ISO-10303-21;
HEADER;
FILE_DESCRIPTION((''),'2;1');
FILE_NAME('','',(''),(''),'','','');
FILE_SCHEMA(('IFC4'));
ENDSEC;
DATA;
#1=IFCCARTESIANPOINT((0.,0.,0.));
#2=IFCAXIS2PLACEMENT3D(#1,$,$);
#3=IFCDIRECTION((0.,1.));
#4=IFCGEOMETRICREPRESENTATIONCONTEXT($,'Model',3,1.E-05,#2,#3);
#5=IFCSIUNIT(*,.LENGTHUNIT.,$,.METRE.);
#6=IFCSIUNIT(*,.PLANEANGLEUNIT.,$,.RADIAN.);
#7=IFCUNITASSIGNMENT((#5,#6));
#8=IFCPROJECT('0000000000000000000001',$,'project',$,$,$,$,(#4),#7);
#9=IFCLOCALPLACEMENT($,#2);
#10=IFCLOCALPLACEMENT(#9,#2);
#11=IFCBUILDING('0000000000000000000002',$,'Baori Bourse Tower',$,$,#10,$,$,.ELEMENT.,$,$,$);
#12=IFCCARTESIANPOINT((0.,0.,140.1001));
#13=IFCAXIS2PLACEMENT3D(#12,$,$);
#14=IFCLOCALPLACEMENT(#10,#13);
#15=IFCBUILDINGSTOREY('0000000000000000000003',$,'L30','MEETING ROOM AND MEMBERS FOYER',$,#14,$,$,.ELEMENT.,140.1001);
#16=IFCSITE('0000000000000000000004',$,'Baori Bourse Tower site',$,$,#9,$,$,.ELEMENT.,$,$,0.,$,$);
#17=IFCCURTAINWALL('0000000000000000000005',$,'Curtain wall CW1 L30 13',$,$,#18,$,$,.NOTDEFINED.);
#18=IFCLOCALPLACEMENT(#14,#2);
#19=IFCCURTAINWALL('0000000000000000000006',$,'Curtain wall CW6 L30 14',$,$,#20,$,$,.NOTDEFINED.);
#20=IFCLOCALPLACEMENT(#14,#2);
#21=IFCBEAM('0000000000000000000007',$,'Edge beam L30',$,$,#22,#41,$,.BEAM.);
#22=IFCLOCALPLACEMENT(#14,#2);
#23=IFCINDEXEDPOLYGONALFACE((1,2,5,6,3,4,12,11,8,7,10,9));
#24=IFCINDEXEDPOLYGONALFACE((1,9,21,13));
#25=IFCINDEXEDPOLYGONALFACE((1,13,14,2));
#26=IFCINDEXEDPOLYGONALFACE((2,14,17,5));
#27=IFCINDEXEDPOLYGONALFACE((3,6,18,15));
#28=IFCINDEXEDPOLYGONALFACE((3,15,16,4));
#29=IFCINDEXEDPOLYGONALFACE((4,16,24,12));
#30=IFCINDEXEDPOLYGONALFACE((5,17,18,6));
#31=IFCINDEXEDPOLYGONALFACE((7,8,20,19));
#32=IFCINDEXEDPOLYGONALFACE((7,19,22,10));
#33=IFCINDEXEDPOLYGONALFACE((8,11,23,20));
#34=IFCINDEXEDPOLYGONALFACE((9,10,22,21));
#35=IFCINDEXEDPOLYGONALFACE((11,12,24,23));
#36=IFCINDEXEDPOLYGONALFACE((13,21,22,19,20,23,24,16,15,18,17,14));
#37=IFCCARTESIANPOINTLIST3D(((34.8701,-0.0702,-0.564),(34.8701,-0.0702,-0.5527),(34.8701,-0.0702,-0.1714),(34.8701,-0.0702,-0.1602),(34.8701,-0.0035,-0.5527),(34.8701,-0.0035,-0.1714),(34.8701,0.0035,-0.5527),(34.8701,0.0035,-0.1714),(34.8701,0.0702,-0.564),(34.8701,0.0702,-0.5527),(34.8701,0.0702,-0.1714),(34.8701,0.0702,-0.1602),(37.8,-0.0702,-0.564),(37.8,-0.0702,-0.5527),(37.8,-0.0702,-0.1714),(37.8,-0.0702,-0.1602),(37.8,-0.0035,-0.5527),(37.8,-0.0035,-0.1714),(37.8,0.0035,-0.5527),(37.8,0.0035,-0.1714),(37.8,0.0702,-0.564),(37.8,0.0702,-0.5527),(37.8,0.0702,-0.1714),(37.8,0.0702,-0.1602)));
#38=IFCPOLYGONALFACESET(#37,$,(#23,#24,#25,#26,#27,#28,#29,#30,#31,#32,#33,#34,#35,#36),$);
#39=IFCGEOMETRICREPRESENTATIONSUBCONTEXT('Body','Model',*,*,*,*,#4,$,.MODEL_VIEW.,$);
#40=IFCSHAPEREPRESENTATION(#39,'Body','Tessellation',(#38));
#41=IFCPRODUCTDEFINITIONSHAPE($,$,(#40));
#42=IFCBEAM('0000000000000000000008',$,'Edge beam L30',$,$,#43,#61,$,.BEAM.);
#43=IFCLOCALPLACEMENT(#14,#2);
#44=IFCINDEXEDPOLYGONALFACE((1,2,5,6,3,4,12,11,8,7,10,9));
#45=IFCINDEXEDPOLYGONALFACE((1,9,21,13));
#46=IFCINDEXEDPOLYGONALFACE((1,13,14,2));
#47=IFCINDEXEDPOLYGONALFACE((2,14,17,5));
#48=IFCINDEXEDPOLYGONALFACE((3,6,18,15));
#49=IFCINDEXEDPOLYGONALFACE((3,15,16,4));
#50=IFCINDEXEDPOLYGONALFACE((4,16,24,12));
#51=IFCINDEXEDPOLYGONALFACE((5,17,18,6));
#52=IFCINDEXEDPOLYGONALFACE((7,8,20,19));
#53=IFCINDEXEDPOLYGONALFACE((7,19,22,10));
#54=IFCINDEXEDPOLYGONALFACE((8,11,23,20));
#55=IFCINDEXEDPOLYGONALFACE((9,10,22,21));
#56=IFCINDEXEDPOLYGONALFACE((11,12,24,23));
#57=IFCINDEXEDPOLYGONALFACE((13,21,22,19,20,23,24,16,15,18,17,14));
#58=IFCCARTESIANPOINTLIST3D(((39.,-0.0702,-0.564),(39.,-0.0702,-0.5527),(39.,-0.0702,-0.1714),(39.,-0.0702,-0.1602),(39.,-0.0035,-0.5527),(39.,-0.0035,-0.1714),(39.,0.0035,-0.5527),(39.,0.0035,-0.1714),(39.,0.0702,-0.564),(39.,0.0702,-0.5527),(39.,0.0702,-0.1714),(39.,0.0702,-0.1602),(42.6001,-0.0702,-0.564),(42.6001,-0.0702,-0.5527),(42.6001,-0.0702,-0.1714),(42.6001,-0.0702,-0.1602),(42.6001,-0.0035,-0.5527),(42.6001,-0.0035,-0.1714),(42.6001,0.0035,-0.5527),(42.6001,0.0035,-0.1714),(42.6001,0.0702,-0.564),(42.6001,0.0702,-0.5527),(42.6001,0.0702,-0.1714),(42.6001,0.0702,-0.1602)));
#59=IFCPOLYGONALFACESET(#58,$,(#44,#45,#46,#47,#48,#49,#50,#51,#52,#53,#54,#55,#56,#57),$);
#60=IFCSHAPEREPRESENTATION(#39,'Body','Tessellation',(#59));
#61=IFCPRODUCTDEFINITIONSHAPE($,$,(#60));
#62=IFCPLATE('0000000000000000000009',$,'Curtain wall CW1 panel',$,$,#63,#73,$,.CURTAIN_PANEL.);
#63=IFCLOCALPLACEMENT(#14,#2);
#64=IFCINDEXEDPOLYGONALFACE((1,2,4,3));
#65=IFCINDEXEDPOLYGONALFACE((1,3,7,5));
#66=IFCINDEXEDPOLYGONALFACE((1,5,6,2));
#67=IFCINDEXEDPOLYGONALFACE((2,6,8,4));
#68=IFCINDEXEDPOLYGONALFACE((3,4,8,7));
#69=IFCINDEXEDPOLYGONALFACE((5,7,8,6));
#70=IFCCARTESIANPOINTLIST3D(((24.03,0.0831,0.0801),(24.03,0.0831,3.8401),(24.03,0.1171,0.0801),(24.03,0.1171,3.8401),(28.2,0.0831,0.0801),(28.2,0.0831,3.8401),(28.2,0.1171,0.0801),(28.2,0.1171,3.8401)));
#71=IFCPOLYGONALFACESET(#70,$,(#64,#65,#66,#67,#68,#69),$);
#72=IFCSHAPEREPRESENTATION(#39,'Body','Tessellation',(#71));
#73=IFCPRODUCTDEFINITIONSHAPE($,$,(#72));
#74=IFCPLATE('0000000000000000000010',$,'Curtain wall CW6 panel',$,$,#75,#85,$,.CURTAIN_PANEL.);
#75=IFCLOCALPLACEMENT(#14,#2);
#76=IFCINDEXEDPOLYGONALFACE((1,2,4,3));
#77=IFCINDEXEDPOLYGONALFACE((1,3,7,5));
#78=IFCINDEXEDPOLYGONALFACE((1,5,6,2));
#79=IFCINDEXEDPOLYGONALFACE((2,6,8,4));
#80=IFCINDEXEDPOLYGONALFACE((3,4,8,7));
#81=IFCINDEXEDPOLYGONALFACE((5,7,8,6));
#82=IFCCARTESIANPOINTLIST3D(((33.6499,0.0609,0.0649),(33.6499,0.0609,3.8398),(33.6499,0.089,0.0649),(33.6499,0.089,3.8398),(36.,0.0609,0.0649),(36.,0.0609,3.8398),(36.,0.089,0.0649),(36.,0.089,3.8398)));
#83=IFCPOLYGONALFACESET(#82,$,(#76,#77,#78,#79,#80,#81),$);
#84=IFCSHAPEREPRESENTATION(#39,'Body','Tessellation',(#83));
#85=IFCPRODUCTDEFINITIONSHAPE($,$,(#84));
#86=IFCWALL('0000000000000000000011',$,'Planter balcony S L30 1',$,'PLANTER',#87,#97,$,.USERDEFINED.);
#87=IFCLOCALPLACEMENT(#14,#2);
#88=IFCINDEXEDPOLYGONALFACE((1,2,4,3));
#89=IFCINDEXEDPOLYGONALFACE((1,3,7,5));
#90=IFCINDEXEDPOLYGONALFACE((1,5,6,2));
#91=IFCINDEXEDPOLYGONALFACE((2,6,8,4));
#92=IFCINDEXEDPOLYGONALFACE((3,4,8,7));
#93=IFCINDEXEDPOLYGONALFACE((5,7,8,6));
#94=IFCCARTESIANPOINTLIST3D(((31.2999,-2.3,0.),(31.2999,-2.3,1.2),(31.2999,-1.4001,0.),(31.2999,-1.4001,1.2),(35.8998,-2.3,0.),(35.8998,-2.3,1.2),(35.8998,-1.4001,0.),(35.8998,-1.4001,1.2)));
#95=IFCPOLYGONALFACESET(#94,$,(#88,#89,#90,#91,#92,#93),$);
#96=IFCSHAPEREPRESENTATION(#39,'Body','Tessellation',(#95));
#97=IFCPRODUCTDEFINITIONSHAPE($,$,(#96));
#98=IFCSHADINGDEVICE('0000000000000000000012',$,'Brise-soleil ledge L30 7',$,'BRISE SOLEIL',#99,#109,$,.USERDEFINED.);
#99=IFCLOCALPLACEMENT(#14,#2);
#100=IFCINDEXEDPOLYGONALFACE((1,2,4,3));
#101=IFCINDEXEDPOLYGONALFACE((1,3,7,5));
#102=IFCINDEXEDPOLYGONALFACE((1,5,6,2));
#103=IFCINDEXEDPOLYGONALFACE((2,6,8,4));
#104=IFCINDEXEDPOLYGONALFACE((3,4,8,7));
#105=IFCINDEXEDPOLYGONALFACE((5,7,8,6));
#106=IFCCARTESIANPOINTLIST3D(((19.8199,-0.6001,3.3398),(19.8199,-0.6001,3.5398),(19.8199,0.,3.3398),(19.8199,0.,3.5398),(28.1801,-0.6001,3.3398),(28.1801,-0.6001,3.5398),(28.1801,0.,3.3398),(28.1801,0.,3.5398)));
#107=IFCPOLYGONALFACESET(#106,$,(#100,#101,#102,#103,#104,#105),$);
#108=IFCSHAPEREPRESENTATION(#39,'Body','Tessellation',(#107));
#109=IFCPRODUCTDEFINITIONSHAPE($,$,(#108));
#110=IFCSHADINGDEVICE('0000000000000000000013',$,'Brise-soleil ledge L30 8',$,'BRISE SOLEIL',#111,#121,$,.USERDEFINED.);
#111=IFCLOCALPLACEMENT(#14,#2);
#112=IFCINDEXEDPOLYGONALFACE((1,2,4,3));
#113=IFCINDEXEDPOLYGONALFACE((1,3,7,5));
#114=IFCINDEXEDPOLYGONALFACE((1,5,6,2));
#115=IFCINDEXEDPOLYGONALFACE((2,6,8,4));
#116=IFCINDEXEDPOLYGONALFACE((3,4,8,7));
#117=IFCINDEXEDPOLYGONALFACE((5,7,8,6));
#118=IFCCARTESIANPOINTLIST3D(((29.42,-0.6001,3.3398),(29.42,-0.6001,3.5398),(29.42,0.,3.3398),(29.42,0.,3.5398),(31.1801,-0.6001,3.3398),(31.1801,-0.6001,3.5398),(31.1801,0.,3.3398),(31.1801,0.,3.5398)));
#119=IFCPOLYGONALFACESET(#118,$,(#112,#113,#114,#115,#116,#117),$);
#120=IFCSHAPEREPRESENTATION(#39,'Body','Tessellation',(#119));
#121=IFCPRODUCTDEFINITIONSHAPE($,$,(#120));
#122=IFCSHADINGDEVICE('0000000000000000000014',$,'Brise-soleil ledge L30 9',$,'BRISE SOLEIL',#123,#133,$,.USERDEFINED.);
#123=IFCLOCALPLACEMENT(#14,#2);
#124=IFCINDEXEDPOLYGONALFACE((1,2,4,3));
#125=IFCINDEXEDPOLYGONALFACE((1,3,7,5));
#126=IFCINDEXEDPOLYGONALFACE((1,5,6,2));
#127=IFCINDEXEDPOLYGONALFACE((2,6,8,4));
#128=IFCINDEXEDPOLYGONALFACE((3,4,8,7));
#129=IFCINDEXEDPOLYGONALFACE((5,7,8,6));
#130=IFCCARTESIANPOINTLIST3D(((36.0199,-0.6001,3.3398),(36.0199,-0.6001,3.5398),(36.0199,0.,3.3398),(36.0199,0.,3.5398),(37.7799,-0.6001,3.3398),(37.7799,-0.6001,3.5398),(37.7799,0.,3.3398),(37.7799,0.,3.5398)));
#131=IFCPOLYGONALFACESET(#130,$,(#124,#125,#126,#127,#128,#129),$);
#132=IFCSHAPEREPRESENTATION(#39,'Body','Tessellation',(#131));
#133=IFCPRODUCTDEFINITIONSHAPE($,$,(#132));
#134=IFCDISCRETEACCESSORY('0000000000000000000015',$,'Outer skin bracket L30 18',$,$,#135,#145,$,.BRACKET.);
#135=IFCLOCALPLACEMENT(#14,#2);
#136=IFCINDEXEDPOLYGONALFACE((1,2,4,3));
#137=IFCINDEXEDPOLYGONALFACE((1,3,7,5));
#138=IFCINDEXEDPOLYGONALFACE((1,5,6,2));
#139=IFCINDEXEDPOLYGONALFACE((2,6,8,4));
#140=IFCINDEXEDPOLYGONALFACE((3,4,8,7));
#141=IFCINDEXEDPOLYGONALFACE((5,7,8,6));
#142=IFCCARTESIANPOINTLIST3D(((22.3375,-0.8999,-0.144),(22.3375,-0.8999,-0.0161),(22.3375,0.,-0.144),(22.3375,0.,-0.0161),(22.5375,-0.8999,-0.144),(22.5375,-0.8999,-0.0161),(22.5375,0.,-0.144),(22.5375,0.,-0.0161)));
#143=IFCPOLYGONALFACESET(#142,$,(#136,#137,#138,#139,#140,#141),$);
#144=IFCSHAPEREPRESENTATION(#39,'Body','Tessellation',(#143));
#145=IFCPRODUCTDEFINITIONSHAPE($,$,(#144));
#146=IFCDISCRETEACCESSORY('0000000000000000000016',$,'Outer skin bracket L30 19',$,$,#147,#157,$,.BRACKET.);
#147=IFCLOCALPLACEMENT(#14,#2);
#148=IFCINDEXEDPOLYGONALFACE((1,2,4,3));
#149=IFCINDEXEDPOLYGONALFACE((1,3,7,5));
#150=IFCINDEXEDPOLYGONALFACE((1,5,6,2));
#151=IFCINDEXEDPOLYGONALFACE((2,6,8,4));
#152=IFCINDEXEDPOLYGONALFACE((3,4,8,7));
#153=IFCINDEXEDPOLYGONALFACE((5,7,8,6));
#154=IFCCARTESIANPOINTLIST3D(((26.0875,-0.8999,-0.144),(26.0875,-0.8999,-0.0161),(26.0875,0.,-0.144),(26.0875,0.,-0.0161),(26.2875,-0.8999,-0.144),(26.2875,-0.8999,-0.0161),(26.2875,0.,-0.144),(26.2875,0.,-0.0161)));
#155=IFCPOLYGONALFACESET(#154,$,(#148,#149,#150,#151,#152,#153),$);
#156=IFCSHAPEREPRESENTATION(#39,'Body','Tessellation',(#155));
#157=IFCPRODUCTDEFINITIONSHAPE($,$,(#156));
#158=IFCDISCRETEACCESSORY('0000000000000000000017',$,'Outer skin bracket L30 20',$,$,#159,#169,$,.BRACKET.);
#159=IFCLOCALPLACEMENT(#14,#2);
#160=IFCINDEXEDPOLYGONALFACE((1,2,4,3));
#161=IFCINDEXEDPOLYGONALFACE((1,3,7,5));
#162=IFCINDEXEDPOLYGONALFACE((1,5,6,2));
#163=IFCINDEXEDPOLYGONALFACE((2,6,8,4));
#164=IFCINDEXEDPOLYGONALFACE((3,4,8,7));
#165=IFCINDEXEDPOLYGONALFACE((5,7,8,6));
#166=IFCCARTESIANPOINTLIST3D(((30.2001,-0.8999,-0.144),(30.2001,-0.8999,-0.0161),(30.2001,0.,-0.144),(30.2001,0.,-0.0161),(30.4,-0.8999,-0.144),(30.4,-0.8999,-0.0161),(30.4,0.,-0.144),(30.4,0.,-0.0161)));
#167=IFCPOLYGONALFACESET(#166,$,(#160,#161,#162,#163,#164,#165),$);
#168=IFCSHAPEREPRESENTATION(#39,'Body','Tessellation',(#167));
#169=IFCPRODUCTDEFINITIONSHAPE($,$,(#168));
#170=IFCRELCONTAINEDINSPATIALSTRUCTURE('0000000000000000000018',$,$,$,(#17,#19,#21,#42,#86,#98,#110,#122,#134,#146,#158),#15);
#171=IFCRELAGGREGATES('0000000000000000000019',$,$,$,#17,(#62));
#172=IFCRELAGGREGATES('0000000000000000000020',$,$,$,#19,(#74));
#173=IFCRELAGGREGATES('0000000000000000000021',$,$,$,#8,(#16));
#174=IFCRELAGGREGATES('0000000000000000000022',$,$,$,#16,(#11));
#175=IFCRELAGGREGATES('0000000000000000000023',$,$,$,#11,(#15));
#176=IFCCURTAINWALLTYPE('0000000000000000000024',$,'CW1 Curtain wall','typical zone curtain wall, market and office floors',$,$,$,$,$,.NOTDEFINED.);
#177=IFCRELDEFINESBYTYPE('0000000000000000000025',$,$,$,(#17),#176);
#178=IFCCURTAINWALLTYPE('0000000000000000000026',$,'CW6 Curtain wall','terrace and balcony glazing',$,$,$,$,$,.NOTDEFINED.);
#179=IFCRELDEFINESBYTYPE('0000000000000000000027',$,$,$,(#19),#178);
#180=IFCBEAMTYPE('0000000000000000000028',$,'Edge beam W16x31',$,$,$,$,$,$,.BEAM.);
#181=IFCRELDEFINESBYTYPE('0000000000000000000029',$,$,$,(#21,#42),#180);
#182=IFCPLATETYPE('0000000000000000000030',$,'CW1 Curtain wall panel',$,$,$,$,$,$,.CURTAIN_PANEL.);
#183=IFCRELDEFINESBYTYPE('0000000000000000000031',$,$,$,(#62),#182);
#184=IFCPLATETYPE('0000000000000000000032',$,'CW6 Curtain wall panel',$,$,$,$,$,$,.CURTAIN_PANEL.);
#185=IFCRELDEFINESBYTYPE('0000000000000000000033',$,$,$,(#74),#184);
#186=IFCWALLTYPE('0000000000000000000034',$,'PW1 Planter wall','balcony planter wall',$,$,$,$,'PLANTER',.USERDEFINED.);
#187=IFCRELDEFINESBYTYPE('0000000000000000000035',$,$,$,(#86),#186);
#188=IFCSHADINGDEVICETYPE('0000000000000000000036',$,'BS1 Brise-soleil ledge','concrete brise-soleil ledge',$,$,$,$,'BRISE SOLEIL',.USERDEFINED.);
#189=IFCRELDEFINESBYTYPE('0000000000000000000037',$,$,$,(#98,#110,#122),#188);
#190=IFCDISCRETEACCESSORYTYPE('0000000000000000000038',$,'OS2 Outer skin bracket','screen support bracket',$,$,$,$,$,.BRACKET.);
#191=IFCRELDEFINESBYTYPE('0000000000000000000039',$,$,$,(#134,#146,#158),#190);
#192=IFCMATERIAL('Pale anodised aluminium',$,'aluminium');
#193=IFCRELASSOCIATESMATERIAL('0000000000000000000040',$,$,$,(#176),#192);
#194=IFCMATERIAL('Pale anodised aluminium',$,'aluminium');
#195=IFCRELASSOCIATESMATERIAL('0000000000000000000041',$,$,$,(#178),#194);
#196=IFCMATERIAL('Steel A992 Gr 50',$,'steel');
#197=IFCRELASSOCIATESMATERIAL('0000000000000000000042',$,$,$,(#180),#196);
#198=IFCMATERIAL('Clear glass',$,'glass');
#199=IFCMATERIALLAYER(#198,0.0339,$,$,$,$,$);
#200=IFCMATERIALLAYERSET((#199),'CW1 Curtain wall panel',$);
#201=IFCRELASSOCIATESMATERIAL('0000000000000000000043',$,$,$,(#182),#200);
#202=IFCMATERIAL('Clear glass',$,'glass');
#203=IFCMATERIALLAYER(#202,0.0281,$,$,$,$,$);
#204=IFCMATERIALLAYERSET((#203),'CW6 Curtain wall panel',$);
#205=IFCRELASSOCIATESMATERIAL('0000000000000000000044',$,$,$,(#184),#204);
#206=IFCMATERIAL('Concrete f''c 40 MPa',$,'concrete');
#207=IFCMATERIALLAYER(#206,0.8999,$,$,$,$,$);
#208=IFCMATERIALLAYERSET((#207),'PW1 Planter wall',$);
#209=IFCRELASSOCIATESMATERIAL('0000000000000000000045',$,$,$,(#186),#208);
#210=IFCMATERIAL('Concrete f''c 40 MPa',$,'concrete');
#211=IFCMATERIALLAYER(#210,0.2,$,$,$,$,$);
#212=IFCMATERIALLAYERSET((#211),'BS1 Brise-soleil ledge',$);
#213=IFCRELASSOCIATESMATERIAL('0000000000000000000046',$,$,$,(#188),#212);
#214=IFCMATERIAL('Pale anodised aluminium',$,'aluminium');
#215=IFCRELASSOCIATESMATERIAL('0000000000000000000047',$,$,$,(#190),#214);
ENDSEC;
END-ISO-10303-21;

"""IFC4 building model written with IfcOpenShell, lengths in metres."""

from ifc_helpers import new_model, si_unit, direction, frame, frame_2d, origin, origin_2d, place, context, subcontext, project, spatial, rectangle, i_section, extrude, material, layer, layer_set, material_profile, profile_set, type_object, element, aggregate, save


model = new_model("IFC4")

# Units and contexts
model_context = context("Model", 3, precision=1e-05, world=origin(), true_north=direction((0.0, 1.0)))
body_context = subcontext(model_context, "Body", "Model", "MODEL_VIEW")
ifc_project = project(units=[si_unit("LENGTHUNIT", "METRE"), si_unit("PLANEANGLEUNIT", "RADIAN")], contexts=[model_context])

# Site, building, storey
site_placement = place(None, origin())
site = spatial("IfcSite", under=ifc_project, at=site_placement, Name="Baori Bourse Tower site", CompositionType="ELEMENT", RefElevation=0.0)
building_placement = place(site_placement, origin())
building = spatial("IfcBuilding", under=site, at=building_placement, Name="Baori Bourse Tower", CompositionType="ELEMENT")
storey_placement = place(building_placement, frame((0.0, 0.0, 140.1001)))
storey = spatial("IfcBuildingStorey", under=building, at=storey_placement, Name="L30", Description="MEETING ROOM AND MEMBERS FOYER", CompositionType="ELEMENT", Elevation=140.1001)

# Curtain wall
ifc_material_1 = material(Name="Pale anodised aluminium", Category="aluminium")
curtain_wall_type_1 = type_object("IfcCurtainWallType", Name="CW1 Curtain wall", Description="typical zone curtain wall, market and office floors", PredefinedType="NOTDEFINED", material=ifc_material_1)
curtain_wall_1_placement = place(storey_placement, origin())
curtain_wall_1 = element("IfcCurtainWall", 1, at=curtain_wall_1_placement, inside=storey, type_object=curtain_wall_type_1, Name="Curtain wall CW1 L30 13", PredefinedType="NOTDEFINED")

# Curtain wall
ifc_material_2 = material(Name="Pale anodised aluminium", Category="aluminium")
curtain_wall_type_2 = type_object("IfcCurtainWallType", Name="CW6 Curtain wall", Description="terrace and balcony glazing", PredefinedType="NOTDEFINED", material=ifc_material_2)
curtain_wall_2_placement = place(storey_placement, origin())
curtain_wall_2 = element("IfcCurtainWall", 2, at=curtain_wall_2_placement, inside=storey, type_object=curtain_wall_type_2, Name="Curtain wall CW6 L30 14", PredefinedType="NOTDEFINED")

# Beams
ifc_material_3 = material(Name="Steel A992 Gr 50", Category="steel")
ifc_material_profile_1 = material_profile(ifc_material_3, i_section(OverallWidth=0.1404, OverallDepth=0.4038, WebThickness=0.0071, FlangeThickness=0.0112, at=origin_2d()), Name="W16x31")
ifc_profile_set_1 = profile_set([ifc_material_profile_1], Name="Steel A992 Gr 50")
beam_type_1 = type_object("IfcBeamType", Name="Edge beam W16x31", PredefinedType="BEAM", material=ifc_profile_set_1)
beam_1_placement = place(storey_placement, frame((34.8701, 0.0, -0.3621), z_axis=(1.0, 0.0, 0.0), x_axis=(0.0, 1.0, 0.0)))
element("IfcBeam", 3, at=beam_1_placement, inside=storey, type_object=beam_type_1, Name="Edge beam L30", PredefinedType="BEAM", context=body_context, shape_type="SweptSolid", body=[
    extrude(i_section(OverallWidth=0.1404, OverallDepth=0.4038, WebThickness=0.0071, FlangeThickness=0.0112, at=origin_2d()), origin(), (0.0, 0.0, 1.0), 2.9299),
])
beam_2_placement = place(storey_placement, frame((39.0, 0.0, -0.3621), z_axis=(1.0, 0.0, 0.0), x_axis=(0.0, 1.0, 0.0)))
element("IfcBeam", 4, at=beam_2_placement, inside=storey, type_object=beam_type_1, Name="Edge beam L30", PredefinedType="BEAM", context=body_context, shape_type="SweptSolid", body=[
    extrude(i_section(OverallWidth=0.1404, OverallDepth=0.4038, WebThickness=0.0071, FlangeThickness=0.0112, at=origin_2d()), origin(), (0.0, 0.0, 1.0), 3.6001),
])

# Plates
ifc_material_4 = material(Name="Clear glass", Category="glass")
ifc_layer_1 = layer(ifc_material_4, 0.0339)
ifc_layer_set_1 = layer_set([ifc_layer_1], Name="CW1 Curtain wall panel")
plate_type_1 = type_object("IfcPlateType", Name="CW1 Curtain wall panel", PredefinedType="CURTAIN_PANEL", material=ifc_layer_set_1)
plate_1_placement = place(storey_placement, frame((26.115, 0.1001, 0.0801), z_axis=(0.0, 0.0, 1.0), x_axis=(1.0, 0.0, 0.0)))
plate_1 = element("IfcPlate", 5, at=plate_1_placement, type_object=plate_type_1, Name="Curtain wall CW1 panel", PredefinedType="CURTAIN_PANEL", context=body_context, shape_type="SweptSolid", body=[
    extrude(rectangle(XDim=4.1699, YDim=0.0339, at=origin_2d()), origin(), (0.0, 0.0, 1.0), 3.76),
])
aggregate(curtain_wall_1, [plate_1])
ifc_material_5 = material(Name="Clear glass", Category="glass")
ifc_layer_2 = layer(ifc_material_5, 0.0281)
ifc_layer_set_2 = layer_set([ifc_layer_2], Name="CW6 Curtain wall panel")
plate_type_2 = type_object("IfcPlateType", Name="CW6 Curtain wall panel", PredefinedType="CURTAIN_PANEL", material=ifc_layer_set_2)
plate_2_placement = place(storey_placement, frame((34.825, 0.075, 0.0649), z_axis=(0.0, 0.0, 1.0), x_axis=(1.0, 0.0, 0.0)))
plate_2 = element("IfcPlate", 6, at=plate_2_placement, type_object=plate_type_2, Name="Curtain wall CW6 panel", PredefinedType="CURTAIN_PANEL", context=body_context, shape_type="SweptSolid", body=[
    extrude(rectangle(XDim=2.3501, YDim=0.0281, at=origin_2d()), origin(), (0.0, 0.0, 1.0), 3.7749),
])
aggregate(curtain_wall_2, [plate_2])

# Wall
ifc_material_6 = material(Name="Concrete f'c 40 MPa", Category="concrete")
ifc_layer_3 = layer(ifc_material_6, 0.8999)
ifc_layer_set_3 = layer_set([ifc_layer_3], Name="PW1 Planter wall")
wall_type = type_object("IfcWallType", Name="PW1 Planter wall", Description="balcony planter wall", ElementType="PLANTER", PredefinedType="USERDEFINED", material=ifc_layer_set_3)
wall_placement = place(storey_placement, frame((31.3, -1.8501, 0.0), z_axis=(0.0, 0.0, 1.0), x_axis=(1.0, 0.0, 0.0)))
element("IfcWall", 7, at=wall_placement, inside=storey, type_object=wall_type, Name="Planter balcony S L30 1", ObjectType="PLANTER", PredefinedType="USERDEFINED", context=body_context, shape_type="SweptSolid", body=[
    extrude(rectangle(XDim=4.5999, YDim=0.8999, at=frame_2d((2.2998, 0.0))), origin(), (0.0, 0.0, 1.0), 1.2),
])

# Shading devices
ifc_material_7 = material(Name="Concrete f'c 40 MPa", Category="concrete")
ifc_layer_4 = layer(ifc_material_7, 0.2)
ifc_layer_set_4 = layer_set([ifc_layer_4], Name="BS1 Brise-soleil ledge")
shading_device_type = type_object("IfcShadingDeviceType", Name="BS1 Brise-soleil ledge", Description="concrete brise-soleil ledge", ElementType="BRISE SOLEIL", PredefinedType="USERDEFINED", material=ifc_layer_set_4)
shading_device_placement = place(storey_placement, frame((24.0, -0.3, 3.3398), z_axis=(0.0, 0.0, 1.0), x_axis=(1.0, 0.0, 0.0)))
element("IfcShadingDevice", 8, at=shading_device_placement, inside=storey, type_object=shading_device_type, Name="Brise-soleil ledge L30 7", ObjectType="BRISE SOLEIL", PredefinedType="USERDEFINED", context=body_context, shape_type="SweptSolid", body=[
    extrude(rectangle(XDim=8.3601, YDim=0.6001, at=origin_2d()), origin(), (0.0, 0.0, 1.0), 0.2),
])
for number, where, z_axis, x_axis, name in (
    (9, (30.3, -0.3, 3.3398), (0.0, 0.0, 1.0), (1.0, 0.0, 0.0), "Brise-soleil ledge L30 8"),
    (10, (36.8999, -0.3, 3.3398), (0.0, 0.0, 1.0), (1.0, 0.0, 0.0), "Brise-soleil ledge L30 9"),
):
    element("IfcShadingDevice", number, at=place(storey_placement, frame(where, z_axis=z_axis, x_axis=x_axis)), inside=storey, type_object=shading_device_type, Name=name, ObjectType="BRISE SOLEIL", PredefinedType="USERDEFINED", context=body_context, shape_type="SweptSolid", body=[
        extrude(rectangle(XDim=1.76, YDim=0.6001, at=origin_2d()), origin(), (0.0, 0.0, 1.0), 0.2),
    ])

# Discrete accessories
ifc_material_8 = material(Name="Pale anodised aluminium", Category="aluminium")
discrete_accessory_type = type_object("IfcDiscreteAccessoryType", Name="OS2 Outer skin bracket", Description="screen support bracket", PredefinedType="BRACKET", material=ifc_material_8)
for number, where, z_axis, x_axis, name in (
    (11, (22.4375, -0.45, -0.144), (0.0, 0.0, 1.0), (1.0, 0.0, 0.0), "Outer skin bracket L30 18"),
    (12, (26.1875, -0.45, -0.144), (0.0, 0.0, 1.0), (1.0, 0.0, 0.0), "Outer skin bracket L30 19"),
    (13, (30.3, -0.45, -0.144), (0.0, 0.0, 1.0), (1.0, 0.0, 0.0), "Outer skin bracket L30 20"),
):
    element("IfcDiscreteAccessory", number, at=place(storey_placement, frame(where, z_axis=z_axis, x_axis=x_axis)), inside=storey, type_object=discrete_accessory_type, Name=name, PredefinedType="BRACKET", context=body_context, shape_type="SweptSolid", body=[
        extrude(rectangle(XDim=0.2, YDim=0.8999, at=origin_2d()), origin(), (0.0, 0.0, 1.0), 0.1279),
    ])

save(model, "model.ifc")
